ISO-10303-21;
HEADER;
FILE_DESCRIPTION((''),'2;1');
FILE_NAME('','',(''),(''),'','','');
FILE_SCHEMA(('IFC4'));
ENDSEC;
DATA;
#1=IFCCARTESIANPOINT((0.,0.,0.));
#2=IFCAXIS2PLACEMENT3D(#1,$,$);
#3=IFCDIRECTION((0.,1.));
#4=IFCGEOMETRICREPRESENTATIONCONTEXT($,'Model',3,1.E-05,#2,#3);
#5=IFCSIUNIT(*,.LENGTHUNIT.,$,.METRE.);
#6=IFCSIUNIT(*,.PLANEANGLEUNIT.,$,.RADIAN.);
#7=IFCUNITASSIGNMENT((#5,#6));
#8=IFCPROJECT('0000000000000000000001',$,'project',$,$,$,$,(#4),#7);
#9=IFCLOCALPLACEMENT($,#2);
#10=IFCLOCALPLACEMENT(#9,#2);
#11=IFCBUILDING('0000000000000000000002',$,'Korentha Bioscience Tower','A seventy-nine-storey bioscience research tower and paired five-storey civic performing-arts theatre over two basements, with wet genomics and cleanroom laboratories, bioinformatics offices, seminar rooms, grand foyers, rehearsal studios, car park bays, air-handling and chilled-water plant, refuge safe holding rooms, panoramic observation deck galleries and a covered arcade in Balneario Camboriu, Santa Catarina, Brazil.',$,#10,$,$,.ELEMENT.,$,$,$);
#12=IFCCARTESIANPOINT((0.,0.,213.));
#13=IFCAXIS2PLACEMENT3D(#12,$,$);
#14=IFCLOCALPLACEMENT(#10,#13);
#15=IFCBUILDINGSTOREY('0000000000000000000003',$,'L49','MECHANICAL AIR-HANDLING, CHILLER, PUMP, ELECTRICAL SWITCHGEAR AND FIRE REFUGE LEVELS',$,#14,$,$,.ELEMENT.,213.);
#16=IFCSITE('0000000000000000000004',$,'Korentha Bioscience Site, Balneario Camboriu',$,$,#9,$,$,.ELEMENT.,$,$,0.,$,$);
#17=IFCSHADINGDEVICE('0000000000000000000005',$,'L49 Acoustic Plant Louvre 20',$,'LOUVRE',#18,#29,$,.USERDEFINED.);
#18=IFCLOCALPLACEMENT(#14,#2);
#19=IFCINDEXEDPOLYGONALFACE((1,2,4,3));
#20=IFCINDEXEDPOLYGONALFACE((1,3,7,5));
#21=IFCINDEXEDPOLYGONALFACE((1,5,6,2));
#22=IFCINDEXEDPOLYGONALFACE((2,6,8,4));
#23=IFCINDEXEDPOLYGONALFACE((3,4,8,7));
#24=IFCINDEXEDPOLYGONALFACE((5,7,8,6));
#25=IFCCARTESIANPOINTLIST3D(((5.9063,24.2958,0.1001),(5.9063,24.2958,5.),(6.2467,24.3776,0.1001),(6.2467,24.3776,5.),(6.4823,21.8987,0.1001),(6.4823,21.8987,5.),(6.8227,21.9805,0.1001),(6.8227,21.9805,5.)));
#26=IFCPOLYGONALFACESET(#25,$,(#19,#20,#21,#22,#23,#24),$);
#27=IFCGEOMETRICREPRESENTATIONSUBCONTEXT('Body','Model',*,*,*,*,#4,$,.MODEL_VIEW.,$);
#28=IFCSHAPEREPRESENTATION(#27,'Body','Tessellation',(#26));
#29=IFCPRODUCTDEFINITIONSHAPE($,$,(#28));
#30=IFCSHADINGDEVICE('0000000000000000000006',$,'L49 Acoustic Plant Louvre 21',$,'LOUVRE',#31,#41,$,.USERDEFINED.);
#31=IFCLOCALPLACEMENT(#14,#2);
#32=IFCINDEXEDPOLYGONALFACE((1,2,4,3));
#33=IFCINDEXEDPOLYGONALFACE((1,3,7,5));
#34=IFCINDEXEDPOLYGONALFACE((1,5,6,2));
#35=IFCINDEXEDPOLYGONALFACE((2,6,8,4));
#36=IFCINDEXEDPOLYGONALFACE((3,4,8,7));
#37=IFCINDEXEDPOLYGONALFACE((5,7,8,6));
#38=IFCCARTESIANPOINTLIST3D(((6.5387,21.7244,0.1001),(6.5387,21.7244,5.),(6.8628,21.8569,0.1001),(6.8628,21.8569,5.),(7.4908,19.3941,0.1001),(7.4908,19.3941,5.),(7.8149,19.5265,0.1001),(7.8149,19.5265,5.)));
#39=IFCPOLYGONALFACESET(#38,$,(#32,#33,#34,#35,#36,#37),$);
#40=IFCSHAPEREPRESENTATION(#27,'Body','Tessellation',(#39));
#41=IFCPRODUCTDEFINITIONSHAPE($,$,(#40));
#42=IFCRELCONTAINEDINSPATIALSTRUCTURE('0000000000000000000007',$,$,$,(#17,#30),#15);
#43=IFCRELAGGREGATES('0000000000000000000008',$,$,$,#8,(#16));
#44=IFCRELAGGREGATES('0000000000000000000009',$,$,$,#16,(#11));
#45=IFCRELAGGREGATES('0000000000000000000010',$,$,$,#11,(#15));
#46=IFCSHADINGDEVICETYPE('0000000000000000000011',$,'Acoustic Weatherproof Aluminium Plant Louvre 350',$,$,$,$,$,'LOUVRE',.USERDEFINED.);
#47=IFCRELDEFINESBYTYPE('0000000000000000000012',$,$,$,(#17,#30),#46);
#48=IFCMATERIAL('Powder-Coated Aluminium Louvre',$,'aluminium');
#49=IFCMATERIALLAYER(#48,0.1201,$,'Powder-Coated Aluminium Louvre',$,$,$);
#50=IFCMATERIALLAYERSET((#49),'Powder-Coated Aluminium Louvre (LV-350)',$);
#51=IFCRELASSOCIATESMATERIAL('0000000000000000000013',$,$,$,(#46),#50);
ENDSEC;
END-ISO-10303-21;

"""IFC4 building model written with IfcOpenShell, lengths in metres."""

from ifc_helpers import new_model, si_unit, direction, frame, origin, origin_2d, place, context, subcontext, project, spatial, rectangle, extrude, material, layer, layer_set, type_object, element, save


model = new_model("IFC4")

# Units and contexts
model_context = context("Model", 3, precision=1e-05, world=origin(), true_north=direction((0.0, 1.0)))
body_context = subcontext(model_context, "Body", "Model", "MODEL_VIEW")
ifc_project = project(units=[si_unit("LENGTHUNIT", "METRE"), si_unit("PLANEANGLEUNIT", "RADIAN")], contexts=[model_context])

# Site, building, storey
site_placement = place(None, origin())
site = spatial("IfcSite", under=ifc_project, at=site_placement, Name="Korentha Bioscience Site, Balneario Camboriu", CompositionType="ELEMENT", RefElevation=0.0)
building_placement = place(site_placement, origin())
building = spatial("IfcBuilding", under=site, at=building_placement, Name="Korentha Bioscience Tower", Description="A seventy-nine-storey bioscience research tower and paired five-storey civic performing-arts theatre over two basements, with wet genomics and cleanroom laboratories, bioinformatics offices, seminar rooms, grand foyers, rehearsal studios, car park bays, air-handling and chilled-water plant, refuge safe holding rooms, panoramic observation deck galleries and a covered arcade in Balneario Camboriu, Santa Catarina, Brazil.", CompositionType="ELEMENT")
storey_placement = place(building_placement, frame((0.0, 0.0, 213.0)))
storey = spatial("IfcBuildingStorey", under=building, at=storey_placement, Name="L49", Description="MECHANICAL AIR-HANDLING, CHILLER, PUMP, ELECTRICAL SWITCHGEAR AND FIRE REFUGE LEVELS", CompositionType="ELEMENT", Elevation=213.0)

# Shading devices
ifc_material_1 = material(Name="Powder-Coated Aluminium Louvre", Category="aluminium")
ifc_layer_1 = layer(ifc_material_1, 0.1201, Name="Powder-Coated Aluminium Louvre")
ifc_layer_set_1 = layer_set([ifc_layer_1], Name="Powder-Coated Aluminium Louvre (LV-350)")
shading_device_type = type_object("IfcShadingDeviceType", Name="Acoustic Weatherproof Aluminium Plant Louvre 350", ElementType="LOUVRE", PredefinedType="USERDEFINED", material=ifc_layer_set_1)
shading_device_1_placement = place(storey_placement, frame((6.3645, 23.1382, 0.1001), z_axis=(0.0, 0.0, 1.0), x_axis=(0.233644, -0.972322, 0.0)))
element("IfcShadingDevice", 1, at=shading_device_1_placement, inside=storey, type_object=shading_device_type, Name="L49 Acoustic Plant Louvre 20", ObjectType="LOUVRE", PredefinedType="USERDEFINED", context=body_context, shape_type="SweptSolid", body=[
    extrude(rectangle(XDim=2.4653, YDim=0.3501, at=origin_2d()), origin(), (0.0, 0.0, 1.0), 4.8999),
])
shading_device_2_placement = place(storey_placement, frame((7.1768, 20.6255, 0.1001), z_axis=(0.0, 0.0, 1.0), x_axis=(0.37822, -0.925716, 0.0)))
element("IfcShadingDevice", 2, at=shading_device_2_placement, inside=storey, type_object=shading_device_type, Name="L49 Acoustic Plant Louvre 21", ObjectType="LOUVRE", PredefinedType="USERDEFINED", context=body_context, shape_type="SweptSolid", body=[
    extrude(rectangle(XDim=2.5173, YDim=0.3501, at=origin_2d()), origin(), (0.0, 0.0, 1.0), 4.8999),
])

save(model, "model.ifc")
